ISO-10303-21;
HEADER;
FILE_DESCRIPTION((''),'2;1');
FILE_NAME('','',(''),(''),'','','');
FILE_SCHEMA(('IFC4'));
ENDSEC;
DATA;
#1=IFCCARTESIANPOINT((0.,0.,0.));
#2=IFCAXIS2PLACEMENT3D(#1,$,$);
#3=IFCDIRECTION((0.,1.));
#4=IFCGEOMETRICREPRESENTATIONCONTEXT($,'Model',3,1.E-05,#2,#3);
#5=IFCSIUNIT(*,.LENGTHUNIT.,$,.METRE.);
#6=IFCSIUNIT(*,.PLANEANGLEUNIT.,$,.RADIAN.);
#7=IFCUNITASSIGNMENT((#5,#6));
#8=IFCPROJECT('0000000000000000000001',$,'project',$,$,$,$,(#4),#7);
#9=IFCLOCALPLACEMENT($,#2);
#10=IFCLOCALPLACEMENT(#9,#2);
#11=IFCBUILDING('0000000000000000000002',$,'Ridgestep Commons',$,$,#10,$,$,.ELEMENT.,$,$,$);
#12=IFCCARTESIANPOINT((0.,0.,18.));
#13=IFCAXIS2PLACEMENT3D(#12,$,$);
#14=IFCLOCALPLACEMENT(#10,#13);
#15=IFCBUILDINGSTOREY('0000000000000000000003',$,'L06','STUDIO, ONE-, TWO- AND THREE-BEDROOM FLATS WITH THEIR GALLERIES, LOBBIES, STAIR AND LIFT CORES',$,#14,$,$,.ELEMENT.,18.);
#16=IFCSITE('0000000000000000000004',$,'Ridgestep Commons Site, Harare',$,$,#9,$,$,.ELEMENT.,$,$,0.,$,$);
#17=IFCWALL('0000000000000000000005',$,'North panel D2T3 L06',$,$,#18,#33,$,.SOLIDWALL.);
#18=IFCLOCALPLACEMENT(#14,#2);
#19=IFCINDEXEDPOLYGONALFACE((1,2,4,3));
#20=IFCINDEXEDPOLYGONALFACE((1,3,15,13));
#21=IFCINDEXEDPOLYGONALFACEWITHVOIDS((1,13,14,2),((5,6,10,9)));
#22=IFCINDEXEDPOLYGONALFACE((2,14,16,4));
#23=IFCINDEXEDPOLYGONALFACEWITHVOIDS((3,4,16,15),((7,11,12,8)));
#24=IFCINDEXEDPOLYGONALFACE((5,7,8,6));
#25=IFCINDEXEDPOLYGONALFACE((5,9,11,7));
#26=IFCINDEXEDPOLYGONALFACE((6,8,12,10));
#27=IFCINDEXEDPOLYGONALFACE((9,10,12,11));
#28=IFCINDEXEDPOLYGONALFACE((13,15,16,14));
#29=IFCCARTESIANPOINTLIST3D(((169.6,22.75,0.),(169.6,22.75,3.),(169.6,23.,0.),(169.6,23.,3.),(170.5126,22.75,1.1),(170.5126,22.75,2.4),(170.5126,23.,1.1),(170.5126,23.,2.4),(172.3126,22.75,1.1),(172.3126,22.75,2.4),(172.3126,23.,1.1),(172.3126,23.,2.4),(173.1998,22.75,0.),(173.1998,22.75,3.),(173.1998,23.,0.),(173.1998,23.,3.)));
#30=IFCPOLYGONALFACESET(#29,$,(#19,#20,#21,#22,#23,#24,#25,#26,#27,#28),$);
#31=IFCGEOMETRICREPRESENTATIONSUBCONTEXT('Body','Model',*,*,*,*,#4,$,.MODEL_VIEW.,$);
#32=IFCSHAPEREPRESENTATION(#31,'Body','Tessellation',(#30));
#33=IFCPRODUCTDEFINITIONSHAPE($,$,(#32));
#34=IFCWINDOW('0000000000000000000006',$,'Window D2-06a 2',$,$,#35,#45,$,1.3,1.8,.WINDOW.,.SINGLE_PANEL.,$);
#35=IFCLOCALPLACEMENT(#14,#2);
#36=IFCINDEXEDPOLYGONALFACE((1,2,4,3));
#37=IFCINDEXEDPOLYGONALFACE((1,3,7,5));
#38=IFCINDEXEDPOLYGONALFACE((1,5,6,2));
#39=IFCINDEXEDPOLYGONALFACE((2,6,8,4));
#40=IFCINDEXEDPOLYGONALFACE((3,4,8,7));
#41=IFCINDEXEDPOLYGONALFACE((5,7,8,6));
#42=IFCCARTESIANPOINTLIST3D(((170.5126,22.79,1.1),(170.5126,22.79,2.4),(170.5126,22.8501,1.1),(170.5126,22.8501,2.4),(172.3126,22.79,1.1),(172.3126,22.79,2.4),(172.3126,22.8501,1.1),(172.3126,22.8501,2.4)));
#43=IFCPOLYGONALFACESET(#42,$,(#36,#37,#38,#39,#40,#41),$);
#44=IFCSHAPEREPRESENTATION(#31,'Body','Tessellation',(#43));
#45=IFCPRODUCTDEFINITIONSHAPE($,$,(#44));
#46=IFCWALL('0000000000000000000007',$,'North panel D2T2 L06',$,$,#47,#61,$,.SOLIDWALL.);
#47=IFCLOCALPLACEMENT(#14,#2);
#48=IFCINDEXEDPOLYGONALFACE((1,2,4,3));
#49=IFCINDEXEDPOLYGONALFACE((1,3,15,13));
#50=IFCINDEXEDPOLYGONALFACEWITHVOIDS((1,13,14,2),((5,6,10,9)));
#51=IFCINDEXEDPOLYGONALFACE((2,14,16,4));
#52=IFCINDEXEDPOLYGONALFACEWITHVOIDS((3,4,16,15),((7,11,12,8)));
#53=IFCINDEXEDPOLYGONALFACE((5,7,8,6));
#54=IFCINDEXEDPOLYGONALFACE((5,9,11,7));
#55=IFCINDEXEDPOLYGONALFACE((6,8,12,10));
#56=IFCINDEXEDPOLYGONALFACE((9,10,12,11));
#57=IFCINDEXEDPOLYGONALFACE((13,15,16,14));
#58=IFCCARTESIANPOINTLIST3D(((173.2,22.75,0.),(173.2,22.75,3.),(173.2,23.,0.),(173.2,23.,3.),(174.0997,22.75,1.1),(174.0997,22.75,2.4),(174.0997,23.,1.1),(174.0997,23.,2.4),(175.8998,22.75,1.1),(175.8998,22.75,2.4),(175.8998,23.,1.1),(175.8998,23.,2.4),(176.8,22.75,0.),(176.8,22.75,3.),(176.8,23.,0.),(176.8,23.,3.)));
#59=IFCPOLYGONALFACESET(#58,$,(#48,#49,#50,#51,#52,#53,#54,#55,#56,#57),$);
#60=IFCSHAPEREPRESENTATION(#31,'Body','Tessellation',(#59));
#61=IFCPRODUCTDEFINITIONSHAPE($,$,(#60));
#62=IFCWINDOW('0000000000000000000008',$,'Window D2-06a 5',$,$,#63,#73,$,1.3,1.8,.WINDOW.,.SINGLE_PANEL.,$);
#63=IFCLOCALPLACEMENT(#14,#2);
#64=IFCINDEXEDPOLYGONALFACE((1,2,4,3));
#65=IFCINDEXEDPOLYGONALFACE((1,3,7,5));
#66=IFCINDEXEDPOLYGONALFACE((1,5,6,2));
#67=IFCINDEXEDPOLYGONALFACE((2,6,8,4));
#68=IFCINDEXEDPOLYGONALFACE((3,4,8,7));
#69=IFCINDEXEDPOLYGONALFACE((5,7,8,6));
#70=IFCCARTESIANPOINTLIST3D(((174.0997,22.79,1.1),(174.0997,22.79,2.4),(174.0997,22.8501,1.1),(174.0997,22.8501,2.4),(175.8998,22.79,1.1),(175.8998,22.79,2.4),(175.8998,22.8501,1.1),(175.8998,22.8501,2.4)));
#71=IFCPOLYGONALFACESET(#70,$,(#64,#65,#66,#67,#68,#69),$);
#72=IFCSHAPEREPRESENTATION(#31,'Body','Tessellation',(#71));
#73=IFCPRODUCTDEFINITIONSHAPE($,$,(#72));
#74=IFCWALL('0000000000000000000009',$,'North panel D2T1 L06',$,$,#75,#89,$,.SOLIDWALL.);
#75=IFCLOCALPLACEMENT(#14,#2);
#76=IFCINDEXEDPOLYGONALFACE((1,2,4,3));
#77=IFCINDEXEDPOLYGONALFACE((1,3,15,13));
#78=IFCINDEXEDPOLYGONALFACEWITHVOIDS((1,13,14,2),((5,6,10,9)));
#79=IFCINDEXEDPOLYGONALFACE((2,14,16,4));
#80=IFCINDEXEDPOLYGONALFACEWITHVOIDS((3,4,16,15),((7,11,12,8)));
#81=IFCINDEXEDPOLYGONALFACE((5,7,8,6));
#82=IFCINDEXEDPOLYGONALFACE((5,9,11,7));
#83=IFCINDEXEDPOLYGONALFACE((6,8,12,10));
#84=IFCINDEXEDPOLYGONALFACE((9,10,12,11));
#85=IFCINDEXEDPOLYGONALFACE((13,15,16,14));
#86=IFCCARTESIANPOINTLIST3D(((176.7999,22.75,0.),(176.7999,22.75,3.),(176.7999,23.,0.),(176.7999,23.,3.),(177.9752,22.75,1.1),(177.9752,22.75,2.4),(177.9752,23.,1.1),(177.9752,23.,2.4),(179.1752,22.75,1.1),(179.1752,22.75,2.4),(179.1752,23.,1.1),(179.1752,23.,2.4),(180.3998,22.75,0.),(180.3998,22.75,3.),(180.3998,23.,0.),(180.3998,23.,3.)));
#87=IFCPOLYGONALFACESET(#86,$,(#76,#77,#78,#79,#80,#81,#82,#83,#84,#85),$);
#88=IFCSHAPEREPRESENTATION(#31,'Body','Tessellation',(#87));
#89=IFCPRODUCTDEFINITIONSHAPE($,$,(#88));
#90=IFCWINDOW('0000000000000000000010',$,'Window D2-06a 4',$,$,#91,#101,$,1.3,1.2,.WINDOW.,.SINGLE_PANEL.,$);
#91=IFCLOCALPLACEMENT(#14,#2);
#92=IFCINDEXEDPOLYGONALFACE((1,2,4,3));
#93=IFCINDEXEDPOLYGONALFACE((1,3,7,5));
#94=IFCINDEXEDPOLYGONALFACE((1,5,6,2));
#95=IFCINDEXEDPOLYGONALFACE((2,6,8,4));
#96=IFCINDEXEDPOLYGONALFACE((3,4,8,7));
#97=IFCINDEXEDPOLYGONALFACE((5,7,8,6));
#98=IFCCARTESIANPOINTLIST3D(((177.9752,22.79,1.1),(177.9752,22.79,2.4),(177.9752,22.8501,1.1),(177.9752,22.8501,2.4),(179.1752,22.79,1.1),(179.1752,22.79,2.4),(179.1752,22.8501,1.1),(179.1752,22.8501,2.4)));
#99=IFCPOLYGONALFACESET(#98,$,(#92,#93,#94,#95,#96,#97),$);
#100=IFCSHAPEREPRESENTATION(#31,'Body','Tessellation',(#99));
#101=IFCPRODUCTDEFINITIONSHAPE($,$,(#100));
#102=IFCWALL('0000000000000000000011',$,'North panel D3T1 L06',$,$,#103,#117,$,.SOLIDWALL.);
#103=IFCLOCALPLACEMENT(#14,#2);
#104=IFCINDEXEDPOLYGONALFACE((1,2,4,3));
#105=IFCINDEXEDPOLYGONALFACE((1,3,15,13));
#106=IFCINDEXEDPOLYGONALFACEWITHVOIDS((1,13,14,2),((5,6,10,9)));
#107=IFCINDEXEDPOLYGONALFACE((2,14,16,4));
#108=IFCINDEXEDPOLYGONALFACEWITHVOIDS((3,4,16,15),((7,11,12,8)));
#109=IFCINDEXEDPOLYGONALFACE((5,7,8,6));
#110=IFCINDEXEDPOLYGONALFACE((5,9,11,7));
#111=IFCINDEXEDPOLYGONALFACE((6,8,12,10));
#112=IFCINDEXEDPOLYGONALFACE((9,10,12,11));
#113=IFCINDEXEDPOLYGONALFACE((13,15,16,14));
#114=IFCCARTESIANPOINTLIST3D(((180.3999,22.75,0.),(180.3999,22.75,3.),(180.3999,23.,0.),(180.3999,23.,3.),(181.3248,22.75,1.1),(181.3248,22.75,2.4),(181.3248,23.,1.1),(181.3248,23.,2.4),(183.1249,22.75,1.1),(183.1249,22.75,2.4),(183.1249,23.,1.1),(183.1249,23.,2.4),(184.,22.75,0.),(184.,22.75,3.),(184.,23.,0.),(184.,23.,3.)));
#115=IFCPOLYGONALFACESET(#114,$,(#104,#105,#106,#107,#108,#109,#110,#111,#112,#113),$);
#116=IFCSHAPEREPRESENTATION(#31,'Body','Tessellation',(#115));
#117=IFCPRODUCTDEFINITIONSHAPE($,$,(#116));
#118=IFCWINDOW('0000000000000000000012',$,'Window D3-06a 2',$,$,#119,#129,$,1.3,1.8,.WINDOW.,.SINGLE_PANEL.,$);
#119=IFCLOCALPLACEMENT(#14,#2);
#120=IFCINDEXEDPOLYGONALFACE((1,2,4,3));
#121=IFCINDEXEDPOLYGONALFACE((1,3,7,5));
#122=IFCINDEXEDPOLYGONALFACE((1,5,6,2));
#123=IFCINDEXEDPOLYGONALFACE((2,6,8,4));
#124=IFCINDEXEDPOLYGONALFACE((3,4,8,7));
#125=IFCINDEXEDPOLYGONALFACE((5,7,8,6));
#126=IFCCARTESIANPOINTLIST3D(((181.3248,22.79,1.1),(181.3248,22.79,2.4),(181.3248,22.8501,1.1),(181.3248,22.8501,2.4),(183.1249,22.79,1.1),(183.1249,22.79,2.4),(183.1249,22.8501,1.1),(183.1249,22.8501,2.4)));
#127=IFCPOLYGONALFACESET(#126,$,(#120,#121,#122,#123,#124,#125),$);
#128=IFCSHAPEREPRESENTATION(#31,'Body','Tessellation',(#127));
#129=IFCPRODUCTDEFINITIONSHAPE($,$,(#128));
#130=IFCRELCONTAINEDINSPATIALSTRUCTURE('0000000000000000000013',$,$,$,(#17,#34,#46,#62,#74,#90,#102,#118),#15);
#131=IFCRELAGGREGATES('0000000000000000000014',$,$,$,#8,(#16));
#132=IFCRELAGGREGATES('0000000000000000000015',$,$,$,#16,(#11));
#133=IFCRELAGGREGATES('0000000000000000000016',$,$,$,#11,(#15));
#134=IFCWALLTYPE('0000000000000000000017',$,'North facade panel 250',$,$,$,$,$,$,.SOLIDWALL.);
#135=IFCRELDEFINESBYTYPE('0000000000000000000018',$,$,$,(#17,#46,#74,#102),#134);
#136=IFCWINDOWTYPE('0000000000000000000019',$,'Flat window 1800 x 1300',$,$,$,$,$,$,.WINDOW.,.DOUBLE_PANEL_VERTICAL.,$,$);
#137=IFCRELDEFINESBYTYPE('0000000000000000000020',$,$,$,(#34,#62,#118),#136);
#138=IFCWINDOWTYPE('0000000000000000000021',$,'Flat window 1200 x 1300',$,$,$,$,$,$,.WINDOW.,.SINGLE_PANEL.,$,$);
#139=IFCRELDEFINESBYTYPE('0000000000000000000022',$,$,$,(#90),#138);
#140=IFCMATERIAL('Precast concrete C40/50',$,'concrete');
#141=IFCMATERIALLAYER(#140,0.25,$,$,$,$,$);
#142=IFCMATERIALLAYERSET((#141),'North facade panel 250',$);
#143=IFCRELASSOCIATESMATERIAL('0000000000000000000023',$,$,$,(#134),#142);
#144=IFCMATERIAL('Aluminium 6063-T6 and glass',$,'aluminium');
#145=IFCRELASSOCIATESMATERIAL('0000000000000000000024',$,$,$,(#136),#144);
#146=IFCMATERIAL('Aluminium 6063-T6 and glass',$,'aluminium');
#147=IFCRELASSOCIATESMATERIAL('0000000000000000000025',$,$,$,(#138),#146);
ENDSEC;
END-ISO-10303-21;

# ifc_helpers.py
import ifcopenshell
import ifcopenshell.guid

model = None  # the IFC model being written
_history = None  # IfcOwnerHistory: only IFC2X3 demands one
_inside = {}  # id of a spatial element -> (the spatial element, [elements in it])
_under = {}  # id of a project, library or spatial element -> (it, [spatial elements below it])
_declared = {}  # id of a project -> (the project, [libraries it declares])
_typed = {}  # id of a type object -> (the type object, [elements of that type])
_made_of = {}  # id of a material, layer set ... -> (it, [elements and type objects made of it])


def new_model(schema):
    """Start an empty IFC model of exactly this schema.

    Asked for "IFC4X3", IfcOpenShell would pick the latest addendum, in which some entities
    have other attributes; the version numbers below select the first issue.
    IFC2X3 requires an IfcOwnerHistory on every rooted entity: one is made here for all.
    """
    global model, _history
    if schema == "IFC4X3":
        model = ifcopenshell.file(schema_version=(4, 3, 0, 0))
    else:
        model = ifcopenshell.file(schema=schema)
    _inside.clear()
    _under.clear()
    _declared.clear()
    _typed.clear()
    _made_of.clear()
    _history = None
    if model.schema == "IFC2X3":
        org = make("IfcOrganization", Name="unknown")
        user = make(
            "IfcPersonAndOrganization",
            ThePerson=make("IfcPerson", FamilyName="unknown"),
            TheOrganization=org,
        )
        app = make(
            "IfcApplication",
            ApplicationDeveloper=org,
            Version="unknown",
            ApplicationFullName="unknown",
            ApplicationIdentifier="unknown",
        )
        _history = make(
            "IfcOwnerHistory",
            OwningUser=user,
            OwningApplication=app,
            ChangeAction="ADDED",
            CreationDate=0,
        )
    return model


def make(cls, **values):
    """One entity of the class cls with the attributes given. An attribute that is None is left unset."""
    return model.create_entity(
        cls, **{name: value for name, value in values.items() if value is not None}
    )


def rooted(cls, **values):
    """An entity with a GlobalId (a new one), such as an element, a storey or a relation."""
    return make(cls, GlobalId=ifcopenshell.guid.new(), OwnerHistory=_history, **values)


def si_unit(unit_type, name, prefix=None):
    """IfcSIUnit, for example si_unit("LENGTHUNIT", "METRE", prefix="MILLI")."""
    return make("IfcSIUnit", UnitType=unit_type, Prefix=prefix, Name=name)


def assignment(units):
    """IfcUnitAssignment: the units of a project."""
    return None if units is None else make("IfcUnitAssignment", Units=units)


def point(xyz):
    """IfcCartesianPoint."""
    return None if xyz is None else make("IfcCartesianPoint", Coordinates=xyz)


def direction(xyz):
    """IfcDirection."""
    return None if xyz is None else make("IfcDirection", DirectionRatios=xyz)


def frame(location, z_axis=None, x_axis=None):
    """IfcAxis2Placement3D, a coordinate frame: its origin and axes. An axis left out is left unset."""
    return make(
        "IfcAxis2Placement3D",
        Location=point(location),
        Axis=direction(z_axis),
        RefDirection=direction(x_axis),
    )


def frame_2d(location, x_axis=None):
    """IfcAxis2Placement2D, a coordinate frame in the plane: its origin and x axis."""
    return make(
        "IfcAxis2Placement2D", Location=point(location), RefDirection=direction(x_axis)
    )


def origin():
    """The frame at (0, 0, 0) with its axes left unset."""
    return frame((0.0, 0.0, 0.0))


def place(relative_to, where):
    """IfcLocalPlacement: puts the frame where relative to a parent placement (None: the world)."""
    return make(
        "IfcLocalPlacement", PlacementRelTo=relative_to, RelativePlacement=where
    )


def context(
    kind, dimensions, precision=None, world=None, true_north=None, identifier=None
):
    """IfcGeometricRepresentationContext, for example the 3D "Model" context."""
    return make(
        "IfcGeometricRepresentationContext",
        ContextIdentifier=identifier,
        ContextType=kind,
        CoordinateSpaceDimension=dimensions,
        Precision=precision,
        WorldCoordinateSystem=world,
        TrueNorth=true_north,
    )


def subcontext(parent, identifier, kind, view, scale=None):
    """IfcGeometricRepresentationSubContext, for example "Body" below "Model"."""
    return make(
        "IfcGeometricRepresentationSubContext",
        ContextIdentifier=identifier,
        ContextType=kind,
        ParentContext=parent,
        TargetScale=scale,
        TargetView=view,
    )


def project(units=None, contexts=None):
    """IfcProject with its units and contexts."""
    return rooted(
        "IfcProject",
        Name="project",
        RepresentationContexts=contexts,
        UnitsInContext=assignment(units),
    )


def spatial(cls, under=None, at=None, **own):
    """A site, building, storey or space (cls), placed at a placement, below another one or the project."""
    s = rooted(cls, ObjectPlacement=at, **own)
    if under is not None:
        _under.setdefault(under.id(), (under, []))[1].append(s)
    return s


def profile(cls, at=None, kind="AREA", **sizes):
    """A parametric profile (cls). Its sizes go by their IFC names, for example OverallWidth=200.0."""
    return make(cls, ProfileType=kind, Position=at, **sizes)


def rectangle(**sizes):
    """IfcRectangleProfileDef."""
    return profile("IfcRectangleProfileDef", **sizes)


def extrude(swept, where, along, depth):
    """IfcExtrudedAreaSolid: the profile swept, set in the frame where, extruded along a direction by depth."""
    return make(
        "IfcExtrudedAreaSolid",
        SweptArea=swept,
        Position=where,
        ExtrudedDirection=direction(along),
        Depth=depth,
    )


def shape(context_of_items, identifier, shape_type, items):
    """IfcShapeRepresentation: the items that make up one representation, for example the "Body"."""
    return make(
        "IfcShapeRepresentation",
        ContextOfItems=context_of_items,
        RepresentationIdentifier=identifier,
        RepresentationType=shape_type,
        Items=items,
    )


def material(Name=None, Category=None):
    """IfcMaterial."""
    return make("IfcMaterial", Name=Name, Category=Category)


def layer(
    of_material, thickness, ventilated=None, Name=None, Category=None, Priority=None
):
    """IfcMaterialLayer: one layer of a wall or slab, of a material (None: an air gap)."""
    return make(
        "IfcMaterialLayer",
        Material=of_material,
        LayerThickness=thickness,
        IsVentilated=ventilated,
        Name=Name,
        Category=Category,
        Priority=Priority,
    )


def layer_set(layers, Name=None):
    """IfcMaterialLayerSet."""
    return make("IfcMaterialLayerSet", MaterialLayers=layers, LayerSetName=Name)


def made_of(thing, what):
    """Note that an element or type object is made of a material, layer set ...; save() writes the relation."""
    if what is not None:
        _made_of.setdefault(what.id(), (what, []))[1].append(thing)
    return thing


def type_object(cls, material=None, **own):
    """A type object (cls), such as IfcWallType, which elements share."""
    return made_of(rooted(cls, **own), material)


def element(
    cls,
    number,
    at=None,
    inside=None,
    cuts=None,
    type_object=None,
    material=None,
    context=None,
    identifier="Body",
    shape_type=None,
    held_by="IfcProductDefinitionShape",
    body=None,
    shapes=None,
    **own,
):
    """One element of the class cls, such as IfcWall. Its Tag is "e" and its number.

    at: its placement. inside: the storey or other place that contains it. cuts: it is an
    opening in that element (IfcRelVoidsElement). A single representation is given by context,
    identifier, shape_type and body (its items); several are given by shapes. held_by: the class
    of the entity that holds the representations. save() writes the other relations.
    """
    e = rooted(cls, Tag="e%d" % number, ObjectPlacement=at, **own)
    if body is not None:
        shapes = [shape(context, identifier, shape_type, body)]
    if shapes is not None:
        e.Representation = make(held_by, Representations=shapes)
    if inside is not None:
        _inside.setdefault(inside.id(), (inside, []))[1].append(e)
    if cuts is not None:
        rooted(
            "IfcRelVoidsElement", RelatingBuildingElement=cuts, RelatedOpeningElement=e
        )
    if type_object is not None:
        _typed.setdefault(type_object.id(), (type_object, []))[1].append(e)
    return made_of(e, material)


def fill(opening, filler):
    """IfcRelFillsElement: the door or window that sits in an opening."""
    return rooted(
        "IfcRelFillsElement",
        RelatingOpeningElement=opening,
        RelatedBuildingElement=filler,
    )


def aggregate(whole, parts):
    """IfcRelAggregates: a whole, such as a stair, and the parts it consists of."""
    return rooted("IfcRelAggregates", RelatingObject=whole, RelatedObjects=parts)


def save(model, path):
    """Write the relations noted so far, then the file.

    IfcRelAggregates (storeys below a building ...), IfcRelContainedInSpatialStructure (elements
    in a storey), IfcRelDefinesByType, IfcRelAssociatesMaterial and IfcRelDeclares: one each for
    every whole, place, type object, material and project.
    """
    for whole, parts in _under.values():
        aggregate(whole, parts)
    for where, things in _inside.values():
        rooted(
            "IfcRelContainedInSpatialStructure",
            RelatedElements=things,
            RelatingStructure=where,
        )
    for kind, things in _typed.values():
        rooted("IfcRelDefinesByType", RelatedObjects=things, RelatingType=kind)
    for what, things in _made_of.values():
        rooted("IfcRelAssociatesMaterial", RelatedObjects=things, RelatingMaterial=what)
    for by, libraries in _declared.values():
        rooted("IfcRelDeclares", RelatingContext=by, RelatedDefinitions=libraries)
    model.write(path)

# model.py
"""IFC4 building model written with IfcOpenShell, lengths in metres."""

from ifc_helpers import new_model, si_unit, direction, frame, frame_2d, origin, place, context, subcontext, project, spatial, rectangle, extrude, material, layer, layer_set, type_object, element, fill, save


model = new_model("IFC4")

# Units and contexts
model_context = context("Model", 3, precision=1e-05, world=origin(), true_north=direction((0.0, 1.0)))
body_context = subcontext(model_context, "Body", "Model", "MODEL_VIEW")
ifc_project = project(units=[si_unit("LENGTHUNIT", "METRE"), si_unit("PLANEANGLEUNIT", "RADIAN")], contexts=[model_context])

# Site, building, storey
site_placement = place(None, origin())
site = spatial("IfcSite", under=ifc_project, at=site_placement, Name="Ridgestep Commons Site, Harare", CompositionType="ELEMENT", RefElevation=0.0)
building_placement = place(site_placement, origin())
building = spatial("IfcBuilding", under=site, at=building_placement, Name="Ridgestep Commons", CompositionType="ELEMENT")
storey_placement = place(building_placement, frame((0.0, 0.0, 18.0)))
storey = spatial("IfcBuildingStorey", under=building, at=storey_placement, Name="L06", Description="STUDIO, ONE-, TWO- AND THREE-BEDROOM FLATS WITH THEIR GALLERIES, LOBBIES, STAIR AND LIFT CORES", CompositionType="ELEMENT", Elevation=18.0)

# Shared definitions
ifc_material_1 = material(Name="Precast concrete C40/50", Category="concrete")
ifc_layer_1 = layer(ifc_material_1, 0.25)
ifc_layer_set_1 = layer_set([ifc_layer_1], Name="North facade panel 250")
wall_type_1 = type_object("IfcWallType", Name="North facade panel 250", PredefinedType="SOLIDWALL", material=ifc_layer_set_1)

# Walls, openings, windows
wall_1_placement = place(storey_placement, frame((169.6001, 22.875, 0.0), z_axis=(0.0, 0.0, 1.0), x_axis=(1.0, 0.0, 0.0)))
wall_1 = element("IfcWall", 1, at=wall_1_placement, inside=storey, type_object=wall_type_1, Name="North panel D2T3 L06", PredefinedType="SOLIDWALL", context=body_context, shape_type="SweptSolid", body=[
    extrude(rectangle(XDim=3.5999, YDim=0.25, at=frame_2d((1.7998, 0.0))), origin(), (0.0, 0.0, 1.0), 3.0),
])
opening_1_placement = place(wall_1_placement, frame((0.9126, 0.0, 1.1001)))
opening_1 = element("IfcOpeningElement", 2, at=opening_1_placement, cuts=wall_1, PredefinedType="OPENING", context=body_context, shape_type="SweptSolid", body=[
    extrude(rectangle(XDim=1.8, YDim=1.3, at=frame_2d((0.8999, 0.6499))), frame((0.0, 0.135, 0.0), z_axis=(0.0, -1.0, 0.0), x_axis=(1.0, 0.0, 0.0)), (0.0, 0.0, 1.0), 0.27),
])
ifc_material_2 = material(Name="Aluminium 6063-T6 and glass", Category="aluminium")
window_type_1 = type_object("IfcWindowType", Name="Flat window 1800 x 1300", PartitioningType="DOUBLE_PANEL_VERTICAL", PredefinedType="WINDOW", material=ifc_material_2)
window_1_placement = place(opening_1_placement, origin())
window_1 = element("IfcWindow", 3, at=window_1_placement, inside=storey, type_object=window_type_1, Name="Window D2-06a 2", OverallHeight=1.3, OverallWidth=1.8, PartitioningType="SINGLE_PANEL", PredefinedType="WINDOW", context=body_context, shape_type="SweptSolid", body=[
    extrude(rectangle(XDim=1.8, YDim=1.3, at=frame_2d((0.8999, 0.6499))), frame((0.0, -0.0249, 0.0), z_axis=(0.0, -1.0, 0.0), x_axis=(1.0, 0.0, 0.0)), (0.0, 0.0, 1.0), 0.0601),
])
fill(opening_1, window_1)
wall_2_placement = place(storey_placement, frame((173.2, 22.875, 0.0), z_axis=(0.0, 0.0, 1.0), x_axis=(1.0, 0.0, 0.0)))
wall_2 = element("IfcWall", 4, at=wall_2_placement, inside=storey, type_object=wall_type_1, Name="North panel D2T2 L06", PredefinedType="SOLIDWALL", context=body_context, shape_type="SweptSolid", body=[
    extrude(rectangle(XDim=3.6001, YDim=0.25, at=frame_2d((1.8, 0.0))), origin(), (0.0, 0.0, 1.0), 3.0),
])
opening_2_placement = place(wall_2_placement, frame((0.8999, 0.0, 1.1001)))
opening_2 = element("IfcOpeningElement", 5, at=opening_2_placement, cuts=wall_2, PredefinedType="OPENING", context=body_context, shape_type="SweptSolid", body=[
    extrude(rectangle(XDim=1.8, YDim=1.3, at=frame_2d((0.8999, 0.6499))), frame((0.0, 0.135, 0.0), z_axis=(0.0, -1.0, 0.0), x_axis=(1.0, 0.0, 0.0)), (0.0, 0.0, 1.0), 0.27),
])
window_2_placement = place(opening_2_placement, origin())
window_2 = element("IfcWindow", 6, at=window_2_placement, inside=storey, type_object=window_type_1, Name="Window D2-06a 5", OverallHeight=1.3, OverallWidth=1.8, PartitioningType="SINGLE_PANEL", PredefinedType="WINDOW", context=body_context, shape_type="SweptSolid", body=[
    extrude(rectangle(XDim=1.8, YDim=1.3, at=frame_2d((0.8999, 0.6499))), frame((0.0, -0.0249, 0.0), z_axis=(0.0, -1.0, 0.0), x_axis=(1.0, 0.0, 0.0)), (0.0, 0.0, 1.0), 0.0601),
])
fill(opening_2, window_2)
wall_3_placement = place(storey_placement, frame((176.8, 22.875, 0.0), z_axis=(0.0, 0.0, 1.0), x_axis=(1.0, 0.0, 0.0)))
wall_3 = element("IfcWall", 7, at=wall_3_placement, inside=storey, type_object=wall_type_1, Name="North panel D2T1 L06", PredefinedType="SOLIDWALL", context=body_context, shape_type="SweptSolid", body=[
    extrude(rectangle(XDim=3.5999, YDim=0.25, at=frame_2d((1.7998, 0.0))), origin(), (0.0, 0.0, 1.0), 3.0),
])
opening_3_placement = place(wall_3_placement, frame((1.175, 0.0, 1.1001)))
opening_3 = element("IfcOpeningElement", 8, at=opening_3_placement, cuts=wall_3, PredefinedType="OPENING", context=body_context, shape_type="SweptSolid", body=[
    extrude(rectangle(XDim=1.2, YDim=1.3, at=frame_2d((0.6001, 0.6499))), frame((0.0, 0.135, 0.0), z_axis=(0.0, -1.0, 0.0), x_axis=(1.0, 0.0, 0.0)), (0.0, 0.0, 1.0), 0.27),
])
ifc_material_3 = material(Name="Aluminium 6063-T6 and glass", Category="aluminium")
window_type_2 = type_object("IfcWindowType", Name="Flat window 1200 x 1300", PartitioningType="SINGLE_PANEL", PredefinedType="WINDOW", material=ifc_material_3)
window_3_placement = place(opening_3_placement, origin())
window_3 = element("IfcWindow", 9, at=window_3_placement, inside=storey, type_object=window_type_2, Name="Window D2-06a 4", OverallHeight=1.3, OverallWidth=1.2, PartitioningType="SINGLE_PANEL", PredefinedType="WINDOW", context=body_context, shape_type="SweptSolid", body=[
    extrude(rectangle(XDim=1.2, YDim=1.3, at=frame_2d((0.6001, 0.6499))), frame((0.0, -0.0249, 0.0), z_axis=(0.0, -1.0, 0.0), x_axis=(1.0, 0.0, 0.0)), (0.0, 0.0, 1.0), 0.0601),
])
fill(opening_3, window_3)
wall_4_placement = place(storey_placement, frame((180.3999, 22.875, 0.0), z_axis=(0.0, 0.0, 1.0), x_axis=(1.0, 0.0, 0.0)))
wall_4 = element("IfcWall", 10, at=wall_4_placement, inside=storey, type_object=wall_type_1, Name="North panel D3T1 L06", PredefinedType="SOLIDWALL", context=body_context, shape_type="SweptSolid", body=[
    extrude(rectangle(XDim=3.6001, YDim=0.25, at=frame_2d((1.8, 0.0))), origin(), (0.0, 0.0, 1.0), 3.0),
])
opening_4_placement = place(wall_4_placement, frame((0.925, 0.0, 1.1001)))
opening_4 = element("IfcOpeningElement", 11, at=opening_4_placement, cuts=wall_4, PredefinedType="OPENING", context=body_context, shape_type="SweptSolid", body=[
    extrude(rectangle(XDim=1.8, YDim=1.3, at=frame_2d((0.8999, 0.6499))), frame((0.0, 0.135, 0.0), z_axis=(0.0, -1.0, 0.0), x_axis=(1.0, 0.0, 0.0)), (0.0, 0.0, 1.0), 0.27),
])
window_4_placement = place(opening_4_placement, origin())
window_4 = element("IfcWindow", 12, at=window_4_placement, inside=storey, type_object=window_type_1, Name="Window D3-06a 2", OverallHeight=1.3, OverallWidth=1.8, PartitioningType="SINGLE_PANEL", PredefinedType="WINDOW", context=body_context, shape_type="SweptSolid", body=[
    extrude(rectangle(XDim=1.8, YDim=1.3, at=frame_2d((0.8999, 0.6499))), frame((0.0, -0.0249, 0.0), z_axis=(0.0, -1.0, 0.0), x_axis=(1.0, 0.0, 0.0)), (0.0, 0.0, 1.0), 0.0601),
])
fill(opening_4, window_4)

save(model, "model.ifc")
